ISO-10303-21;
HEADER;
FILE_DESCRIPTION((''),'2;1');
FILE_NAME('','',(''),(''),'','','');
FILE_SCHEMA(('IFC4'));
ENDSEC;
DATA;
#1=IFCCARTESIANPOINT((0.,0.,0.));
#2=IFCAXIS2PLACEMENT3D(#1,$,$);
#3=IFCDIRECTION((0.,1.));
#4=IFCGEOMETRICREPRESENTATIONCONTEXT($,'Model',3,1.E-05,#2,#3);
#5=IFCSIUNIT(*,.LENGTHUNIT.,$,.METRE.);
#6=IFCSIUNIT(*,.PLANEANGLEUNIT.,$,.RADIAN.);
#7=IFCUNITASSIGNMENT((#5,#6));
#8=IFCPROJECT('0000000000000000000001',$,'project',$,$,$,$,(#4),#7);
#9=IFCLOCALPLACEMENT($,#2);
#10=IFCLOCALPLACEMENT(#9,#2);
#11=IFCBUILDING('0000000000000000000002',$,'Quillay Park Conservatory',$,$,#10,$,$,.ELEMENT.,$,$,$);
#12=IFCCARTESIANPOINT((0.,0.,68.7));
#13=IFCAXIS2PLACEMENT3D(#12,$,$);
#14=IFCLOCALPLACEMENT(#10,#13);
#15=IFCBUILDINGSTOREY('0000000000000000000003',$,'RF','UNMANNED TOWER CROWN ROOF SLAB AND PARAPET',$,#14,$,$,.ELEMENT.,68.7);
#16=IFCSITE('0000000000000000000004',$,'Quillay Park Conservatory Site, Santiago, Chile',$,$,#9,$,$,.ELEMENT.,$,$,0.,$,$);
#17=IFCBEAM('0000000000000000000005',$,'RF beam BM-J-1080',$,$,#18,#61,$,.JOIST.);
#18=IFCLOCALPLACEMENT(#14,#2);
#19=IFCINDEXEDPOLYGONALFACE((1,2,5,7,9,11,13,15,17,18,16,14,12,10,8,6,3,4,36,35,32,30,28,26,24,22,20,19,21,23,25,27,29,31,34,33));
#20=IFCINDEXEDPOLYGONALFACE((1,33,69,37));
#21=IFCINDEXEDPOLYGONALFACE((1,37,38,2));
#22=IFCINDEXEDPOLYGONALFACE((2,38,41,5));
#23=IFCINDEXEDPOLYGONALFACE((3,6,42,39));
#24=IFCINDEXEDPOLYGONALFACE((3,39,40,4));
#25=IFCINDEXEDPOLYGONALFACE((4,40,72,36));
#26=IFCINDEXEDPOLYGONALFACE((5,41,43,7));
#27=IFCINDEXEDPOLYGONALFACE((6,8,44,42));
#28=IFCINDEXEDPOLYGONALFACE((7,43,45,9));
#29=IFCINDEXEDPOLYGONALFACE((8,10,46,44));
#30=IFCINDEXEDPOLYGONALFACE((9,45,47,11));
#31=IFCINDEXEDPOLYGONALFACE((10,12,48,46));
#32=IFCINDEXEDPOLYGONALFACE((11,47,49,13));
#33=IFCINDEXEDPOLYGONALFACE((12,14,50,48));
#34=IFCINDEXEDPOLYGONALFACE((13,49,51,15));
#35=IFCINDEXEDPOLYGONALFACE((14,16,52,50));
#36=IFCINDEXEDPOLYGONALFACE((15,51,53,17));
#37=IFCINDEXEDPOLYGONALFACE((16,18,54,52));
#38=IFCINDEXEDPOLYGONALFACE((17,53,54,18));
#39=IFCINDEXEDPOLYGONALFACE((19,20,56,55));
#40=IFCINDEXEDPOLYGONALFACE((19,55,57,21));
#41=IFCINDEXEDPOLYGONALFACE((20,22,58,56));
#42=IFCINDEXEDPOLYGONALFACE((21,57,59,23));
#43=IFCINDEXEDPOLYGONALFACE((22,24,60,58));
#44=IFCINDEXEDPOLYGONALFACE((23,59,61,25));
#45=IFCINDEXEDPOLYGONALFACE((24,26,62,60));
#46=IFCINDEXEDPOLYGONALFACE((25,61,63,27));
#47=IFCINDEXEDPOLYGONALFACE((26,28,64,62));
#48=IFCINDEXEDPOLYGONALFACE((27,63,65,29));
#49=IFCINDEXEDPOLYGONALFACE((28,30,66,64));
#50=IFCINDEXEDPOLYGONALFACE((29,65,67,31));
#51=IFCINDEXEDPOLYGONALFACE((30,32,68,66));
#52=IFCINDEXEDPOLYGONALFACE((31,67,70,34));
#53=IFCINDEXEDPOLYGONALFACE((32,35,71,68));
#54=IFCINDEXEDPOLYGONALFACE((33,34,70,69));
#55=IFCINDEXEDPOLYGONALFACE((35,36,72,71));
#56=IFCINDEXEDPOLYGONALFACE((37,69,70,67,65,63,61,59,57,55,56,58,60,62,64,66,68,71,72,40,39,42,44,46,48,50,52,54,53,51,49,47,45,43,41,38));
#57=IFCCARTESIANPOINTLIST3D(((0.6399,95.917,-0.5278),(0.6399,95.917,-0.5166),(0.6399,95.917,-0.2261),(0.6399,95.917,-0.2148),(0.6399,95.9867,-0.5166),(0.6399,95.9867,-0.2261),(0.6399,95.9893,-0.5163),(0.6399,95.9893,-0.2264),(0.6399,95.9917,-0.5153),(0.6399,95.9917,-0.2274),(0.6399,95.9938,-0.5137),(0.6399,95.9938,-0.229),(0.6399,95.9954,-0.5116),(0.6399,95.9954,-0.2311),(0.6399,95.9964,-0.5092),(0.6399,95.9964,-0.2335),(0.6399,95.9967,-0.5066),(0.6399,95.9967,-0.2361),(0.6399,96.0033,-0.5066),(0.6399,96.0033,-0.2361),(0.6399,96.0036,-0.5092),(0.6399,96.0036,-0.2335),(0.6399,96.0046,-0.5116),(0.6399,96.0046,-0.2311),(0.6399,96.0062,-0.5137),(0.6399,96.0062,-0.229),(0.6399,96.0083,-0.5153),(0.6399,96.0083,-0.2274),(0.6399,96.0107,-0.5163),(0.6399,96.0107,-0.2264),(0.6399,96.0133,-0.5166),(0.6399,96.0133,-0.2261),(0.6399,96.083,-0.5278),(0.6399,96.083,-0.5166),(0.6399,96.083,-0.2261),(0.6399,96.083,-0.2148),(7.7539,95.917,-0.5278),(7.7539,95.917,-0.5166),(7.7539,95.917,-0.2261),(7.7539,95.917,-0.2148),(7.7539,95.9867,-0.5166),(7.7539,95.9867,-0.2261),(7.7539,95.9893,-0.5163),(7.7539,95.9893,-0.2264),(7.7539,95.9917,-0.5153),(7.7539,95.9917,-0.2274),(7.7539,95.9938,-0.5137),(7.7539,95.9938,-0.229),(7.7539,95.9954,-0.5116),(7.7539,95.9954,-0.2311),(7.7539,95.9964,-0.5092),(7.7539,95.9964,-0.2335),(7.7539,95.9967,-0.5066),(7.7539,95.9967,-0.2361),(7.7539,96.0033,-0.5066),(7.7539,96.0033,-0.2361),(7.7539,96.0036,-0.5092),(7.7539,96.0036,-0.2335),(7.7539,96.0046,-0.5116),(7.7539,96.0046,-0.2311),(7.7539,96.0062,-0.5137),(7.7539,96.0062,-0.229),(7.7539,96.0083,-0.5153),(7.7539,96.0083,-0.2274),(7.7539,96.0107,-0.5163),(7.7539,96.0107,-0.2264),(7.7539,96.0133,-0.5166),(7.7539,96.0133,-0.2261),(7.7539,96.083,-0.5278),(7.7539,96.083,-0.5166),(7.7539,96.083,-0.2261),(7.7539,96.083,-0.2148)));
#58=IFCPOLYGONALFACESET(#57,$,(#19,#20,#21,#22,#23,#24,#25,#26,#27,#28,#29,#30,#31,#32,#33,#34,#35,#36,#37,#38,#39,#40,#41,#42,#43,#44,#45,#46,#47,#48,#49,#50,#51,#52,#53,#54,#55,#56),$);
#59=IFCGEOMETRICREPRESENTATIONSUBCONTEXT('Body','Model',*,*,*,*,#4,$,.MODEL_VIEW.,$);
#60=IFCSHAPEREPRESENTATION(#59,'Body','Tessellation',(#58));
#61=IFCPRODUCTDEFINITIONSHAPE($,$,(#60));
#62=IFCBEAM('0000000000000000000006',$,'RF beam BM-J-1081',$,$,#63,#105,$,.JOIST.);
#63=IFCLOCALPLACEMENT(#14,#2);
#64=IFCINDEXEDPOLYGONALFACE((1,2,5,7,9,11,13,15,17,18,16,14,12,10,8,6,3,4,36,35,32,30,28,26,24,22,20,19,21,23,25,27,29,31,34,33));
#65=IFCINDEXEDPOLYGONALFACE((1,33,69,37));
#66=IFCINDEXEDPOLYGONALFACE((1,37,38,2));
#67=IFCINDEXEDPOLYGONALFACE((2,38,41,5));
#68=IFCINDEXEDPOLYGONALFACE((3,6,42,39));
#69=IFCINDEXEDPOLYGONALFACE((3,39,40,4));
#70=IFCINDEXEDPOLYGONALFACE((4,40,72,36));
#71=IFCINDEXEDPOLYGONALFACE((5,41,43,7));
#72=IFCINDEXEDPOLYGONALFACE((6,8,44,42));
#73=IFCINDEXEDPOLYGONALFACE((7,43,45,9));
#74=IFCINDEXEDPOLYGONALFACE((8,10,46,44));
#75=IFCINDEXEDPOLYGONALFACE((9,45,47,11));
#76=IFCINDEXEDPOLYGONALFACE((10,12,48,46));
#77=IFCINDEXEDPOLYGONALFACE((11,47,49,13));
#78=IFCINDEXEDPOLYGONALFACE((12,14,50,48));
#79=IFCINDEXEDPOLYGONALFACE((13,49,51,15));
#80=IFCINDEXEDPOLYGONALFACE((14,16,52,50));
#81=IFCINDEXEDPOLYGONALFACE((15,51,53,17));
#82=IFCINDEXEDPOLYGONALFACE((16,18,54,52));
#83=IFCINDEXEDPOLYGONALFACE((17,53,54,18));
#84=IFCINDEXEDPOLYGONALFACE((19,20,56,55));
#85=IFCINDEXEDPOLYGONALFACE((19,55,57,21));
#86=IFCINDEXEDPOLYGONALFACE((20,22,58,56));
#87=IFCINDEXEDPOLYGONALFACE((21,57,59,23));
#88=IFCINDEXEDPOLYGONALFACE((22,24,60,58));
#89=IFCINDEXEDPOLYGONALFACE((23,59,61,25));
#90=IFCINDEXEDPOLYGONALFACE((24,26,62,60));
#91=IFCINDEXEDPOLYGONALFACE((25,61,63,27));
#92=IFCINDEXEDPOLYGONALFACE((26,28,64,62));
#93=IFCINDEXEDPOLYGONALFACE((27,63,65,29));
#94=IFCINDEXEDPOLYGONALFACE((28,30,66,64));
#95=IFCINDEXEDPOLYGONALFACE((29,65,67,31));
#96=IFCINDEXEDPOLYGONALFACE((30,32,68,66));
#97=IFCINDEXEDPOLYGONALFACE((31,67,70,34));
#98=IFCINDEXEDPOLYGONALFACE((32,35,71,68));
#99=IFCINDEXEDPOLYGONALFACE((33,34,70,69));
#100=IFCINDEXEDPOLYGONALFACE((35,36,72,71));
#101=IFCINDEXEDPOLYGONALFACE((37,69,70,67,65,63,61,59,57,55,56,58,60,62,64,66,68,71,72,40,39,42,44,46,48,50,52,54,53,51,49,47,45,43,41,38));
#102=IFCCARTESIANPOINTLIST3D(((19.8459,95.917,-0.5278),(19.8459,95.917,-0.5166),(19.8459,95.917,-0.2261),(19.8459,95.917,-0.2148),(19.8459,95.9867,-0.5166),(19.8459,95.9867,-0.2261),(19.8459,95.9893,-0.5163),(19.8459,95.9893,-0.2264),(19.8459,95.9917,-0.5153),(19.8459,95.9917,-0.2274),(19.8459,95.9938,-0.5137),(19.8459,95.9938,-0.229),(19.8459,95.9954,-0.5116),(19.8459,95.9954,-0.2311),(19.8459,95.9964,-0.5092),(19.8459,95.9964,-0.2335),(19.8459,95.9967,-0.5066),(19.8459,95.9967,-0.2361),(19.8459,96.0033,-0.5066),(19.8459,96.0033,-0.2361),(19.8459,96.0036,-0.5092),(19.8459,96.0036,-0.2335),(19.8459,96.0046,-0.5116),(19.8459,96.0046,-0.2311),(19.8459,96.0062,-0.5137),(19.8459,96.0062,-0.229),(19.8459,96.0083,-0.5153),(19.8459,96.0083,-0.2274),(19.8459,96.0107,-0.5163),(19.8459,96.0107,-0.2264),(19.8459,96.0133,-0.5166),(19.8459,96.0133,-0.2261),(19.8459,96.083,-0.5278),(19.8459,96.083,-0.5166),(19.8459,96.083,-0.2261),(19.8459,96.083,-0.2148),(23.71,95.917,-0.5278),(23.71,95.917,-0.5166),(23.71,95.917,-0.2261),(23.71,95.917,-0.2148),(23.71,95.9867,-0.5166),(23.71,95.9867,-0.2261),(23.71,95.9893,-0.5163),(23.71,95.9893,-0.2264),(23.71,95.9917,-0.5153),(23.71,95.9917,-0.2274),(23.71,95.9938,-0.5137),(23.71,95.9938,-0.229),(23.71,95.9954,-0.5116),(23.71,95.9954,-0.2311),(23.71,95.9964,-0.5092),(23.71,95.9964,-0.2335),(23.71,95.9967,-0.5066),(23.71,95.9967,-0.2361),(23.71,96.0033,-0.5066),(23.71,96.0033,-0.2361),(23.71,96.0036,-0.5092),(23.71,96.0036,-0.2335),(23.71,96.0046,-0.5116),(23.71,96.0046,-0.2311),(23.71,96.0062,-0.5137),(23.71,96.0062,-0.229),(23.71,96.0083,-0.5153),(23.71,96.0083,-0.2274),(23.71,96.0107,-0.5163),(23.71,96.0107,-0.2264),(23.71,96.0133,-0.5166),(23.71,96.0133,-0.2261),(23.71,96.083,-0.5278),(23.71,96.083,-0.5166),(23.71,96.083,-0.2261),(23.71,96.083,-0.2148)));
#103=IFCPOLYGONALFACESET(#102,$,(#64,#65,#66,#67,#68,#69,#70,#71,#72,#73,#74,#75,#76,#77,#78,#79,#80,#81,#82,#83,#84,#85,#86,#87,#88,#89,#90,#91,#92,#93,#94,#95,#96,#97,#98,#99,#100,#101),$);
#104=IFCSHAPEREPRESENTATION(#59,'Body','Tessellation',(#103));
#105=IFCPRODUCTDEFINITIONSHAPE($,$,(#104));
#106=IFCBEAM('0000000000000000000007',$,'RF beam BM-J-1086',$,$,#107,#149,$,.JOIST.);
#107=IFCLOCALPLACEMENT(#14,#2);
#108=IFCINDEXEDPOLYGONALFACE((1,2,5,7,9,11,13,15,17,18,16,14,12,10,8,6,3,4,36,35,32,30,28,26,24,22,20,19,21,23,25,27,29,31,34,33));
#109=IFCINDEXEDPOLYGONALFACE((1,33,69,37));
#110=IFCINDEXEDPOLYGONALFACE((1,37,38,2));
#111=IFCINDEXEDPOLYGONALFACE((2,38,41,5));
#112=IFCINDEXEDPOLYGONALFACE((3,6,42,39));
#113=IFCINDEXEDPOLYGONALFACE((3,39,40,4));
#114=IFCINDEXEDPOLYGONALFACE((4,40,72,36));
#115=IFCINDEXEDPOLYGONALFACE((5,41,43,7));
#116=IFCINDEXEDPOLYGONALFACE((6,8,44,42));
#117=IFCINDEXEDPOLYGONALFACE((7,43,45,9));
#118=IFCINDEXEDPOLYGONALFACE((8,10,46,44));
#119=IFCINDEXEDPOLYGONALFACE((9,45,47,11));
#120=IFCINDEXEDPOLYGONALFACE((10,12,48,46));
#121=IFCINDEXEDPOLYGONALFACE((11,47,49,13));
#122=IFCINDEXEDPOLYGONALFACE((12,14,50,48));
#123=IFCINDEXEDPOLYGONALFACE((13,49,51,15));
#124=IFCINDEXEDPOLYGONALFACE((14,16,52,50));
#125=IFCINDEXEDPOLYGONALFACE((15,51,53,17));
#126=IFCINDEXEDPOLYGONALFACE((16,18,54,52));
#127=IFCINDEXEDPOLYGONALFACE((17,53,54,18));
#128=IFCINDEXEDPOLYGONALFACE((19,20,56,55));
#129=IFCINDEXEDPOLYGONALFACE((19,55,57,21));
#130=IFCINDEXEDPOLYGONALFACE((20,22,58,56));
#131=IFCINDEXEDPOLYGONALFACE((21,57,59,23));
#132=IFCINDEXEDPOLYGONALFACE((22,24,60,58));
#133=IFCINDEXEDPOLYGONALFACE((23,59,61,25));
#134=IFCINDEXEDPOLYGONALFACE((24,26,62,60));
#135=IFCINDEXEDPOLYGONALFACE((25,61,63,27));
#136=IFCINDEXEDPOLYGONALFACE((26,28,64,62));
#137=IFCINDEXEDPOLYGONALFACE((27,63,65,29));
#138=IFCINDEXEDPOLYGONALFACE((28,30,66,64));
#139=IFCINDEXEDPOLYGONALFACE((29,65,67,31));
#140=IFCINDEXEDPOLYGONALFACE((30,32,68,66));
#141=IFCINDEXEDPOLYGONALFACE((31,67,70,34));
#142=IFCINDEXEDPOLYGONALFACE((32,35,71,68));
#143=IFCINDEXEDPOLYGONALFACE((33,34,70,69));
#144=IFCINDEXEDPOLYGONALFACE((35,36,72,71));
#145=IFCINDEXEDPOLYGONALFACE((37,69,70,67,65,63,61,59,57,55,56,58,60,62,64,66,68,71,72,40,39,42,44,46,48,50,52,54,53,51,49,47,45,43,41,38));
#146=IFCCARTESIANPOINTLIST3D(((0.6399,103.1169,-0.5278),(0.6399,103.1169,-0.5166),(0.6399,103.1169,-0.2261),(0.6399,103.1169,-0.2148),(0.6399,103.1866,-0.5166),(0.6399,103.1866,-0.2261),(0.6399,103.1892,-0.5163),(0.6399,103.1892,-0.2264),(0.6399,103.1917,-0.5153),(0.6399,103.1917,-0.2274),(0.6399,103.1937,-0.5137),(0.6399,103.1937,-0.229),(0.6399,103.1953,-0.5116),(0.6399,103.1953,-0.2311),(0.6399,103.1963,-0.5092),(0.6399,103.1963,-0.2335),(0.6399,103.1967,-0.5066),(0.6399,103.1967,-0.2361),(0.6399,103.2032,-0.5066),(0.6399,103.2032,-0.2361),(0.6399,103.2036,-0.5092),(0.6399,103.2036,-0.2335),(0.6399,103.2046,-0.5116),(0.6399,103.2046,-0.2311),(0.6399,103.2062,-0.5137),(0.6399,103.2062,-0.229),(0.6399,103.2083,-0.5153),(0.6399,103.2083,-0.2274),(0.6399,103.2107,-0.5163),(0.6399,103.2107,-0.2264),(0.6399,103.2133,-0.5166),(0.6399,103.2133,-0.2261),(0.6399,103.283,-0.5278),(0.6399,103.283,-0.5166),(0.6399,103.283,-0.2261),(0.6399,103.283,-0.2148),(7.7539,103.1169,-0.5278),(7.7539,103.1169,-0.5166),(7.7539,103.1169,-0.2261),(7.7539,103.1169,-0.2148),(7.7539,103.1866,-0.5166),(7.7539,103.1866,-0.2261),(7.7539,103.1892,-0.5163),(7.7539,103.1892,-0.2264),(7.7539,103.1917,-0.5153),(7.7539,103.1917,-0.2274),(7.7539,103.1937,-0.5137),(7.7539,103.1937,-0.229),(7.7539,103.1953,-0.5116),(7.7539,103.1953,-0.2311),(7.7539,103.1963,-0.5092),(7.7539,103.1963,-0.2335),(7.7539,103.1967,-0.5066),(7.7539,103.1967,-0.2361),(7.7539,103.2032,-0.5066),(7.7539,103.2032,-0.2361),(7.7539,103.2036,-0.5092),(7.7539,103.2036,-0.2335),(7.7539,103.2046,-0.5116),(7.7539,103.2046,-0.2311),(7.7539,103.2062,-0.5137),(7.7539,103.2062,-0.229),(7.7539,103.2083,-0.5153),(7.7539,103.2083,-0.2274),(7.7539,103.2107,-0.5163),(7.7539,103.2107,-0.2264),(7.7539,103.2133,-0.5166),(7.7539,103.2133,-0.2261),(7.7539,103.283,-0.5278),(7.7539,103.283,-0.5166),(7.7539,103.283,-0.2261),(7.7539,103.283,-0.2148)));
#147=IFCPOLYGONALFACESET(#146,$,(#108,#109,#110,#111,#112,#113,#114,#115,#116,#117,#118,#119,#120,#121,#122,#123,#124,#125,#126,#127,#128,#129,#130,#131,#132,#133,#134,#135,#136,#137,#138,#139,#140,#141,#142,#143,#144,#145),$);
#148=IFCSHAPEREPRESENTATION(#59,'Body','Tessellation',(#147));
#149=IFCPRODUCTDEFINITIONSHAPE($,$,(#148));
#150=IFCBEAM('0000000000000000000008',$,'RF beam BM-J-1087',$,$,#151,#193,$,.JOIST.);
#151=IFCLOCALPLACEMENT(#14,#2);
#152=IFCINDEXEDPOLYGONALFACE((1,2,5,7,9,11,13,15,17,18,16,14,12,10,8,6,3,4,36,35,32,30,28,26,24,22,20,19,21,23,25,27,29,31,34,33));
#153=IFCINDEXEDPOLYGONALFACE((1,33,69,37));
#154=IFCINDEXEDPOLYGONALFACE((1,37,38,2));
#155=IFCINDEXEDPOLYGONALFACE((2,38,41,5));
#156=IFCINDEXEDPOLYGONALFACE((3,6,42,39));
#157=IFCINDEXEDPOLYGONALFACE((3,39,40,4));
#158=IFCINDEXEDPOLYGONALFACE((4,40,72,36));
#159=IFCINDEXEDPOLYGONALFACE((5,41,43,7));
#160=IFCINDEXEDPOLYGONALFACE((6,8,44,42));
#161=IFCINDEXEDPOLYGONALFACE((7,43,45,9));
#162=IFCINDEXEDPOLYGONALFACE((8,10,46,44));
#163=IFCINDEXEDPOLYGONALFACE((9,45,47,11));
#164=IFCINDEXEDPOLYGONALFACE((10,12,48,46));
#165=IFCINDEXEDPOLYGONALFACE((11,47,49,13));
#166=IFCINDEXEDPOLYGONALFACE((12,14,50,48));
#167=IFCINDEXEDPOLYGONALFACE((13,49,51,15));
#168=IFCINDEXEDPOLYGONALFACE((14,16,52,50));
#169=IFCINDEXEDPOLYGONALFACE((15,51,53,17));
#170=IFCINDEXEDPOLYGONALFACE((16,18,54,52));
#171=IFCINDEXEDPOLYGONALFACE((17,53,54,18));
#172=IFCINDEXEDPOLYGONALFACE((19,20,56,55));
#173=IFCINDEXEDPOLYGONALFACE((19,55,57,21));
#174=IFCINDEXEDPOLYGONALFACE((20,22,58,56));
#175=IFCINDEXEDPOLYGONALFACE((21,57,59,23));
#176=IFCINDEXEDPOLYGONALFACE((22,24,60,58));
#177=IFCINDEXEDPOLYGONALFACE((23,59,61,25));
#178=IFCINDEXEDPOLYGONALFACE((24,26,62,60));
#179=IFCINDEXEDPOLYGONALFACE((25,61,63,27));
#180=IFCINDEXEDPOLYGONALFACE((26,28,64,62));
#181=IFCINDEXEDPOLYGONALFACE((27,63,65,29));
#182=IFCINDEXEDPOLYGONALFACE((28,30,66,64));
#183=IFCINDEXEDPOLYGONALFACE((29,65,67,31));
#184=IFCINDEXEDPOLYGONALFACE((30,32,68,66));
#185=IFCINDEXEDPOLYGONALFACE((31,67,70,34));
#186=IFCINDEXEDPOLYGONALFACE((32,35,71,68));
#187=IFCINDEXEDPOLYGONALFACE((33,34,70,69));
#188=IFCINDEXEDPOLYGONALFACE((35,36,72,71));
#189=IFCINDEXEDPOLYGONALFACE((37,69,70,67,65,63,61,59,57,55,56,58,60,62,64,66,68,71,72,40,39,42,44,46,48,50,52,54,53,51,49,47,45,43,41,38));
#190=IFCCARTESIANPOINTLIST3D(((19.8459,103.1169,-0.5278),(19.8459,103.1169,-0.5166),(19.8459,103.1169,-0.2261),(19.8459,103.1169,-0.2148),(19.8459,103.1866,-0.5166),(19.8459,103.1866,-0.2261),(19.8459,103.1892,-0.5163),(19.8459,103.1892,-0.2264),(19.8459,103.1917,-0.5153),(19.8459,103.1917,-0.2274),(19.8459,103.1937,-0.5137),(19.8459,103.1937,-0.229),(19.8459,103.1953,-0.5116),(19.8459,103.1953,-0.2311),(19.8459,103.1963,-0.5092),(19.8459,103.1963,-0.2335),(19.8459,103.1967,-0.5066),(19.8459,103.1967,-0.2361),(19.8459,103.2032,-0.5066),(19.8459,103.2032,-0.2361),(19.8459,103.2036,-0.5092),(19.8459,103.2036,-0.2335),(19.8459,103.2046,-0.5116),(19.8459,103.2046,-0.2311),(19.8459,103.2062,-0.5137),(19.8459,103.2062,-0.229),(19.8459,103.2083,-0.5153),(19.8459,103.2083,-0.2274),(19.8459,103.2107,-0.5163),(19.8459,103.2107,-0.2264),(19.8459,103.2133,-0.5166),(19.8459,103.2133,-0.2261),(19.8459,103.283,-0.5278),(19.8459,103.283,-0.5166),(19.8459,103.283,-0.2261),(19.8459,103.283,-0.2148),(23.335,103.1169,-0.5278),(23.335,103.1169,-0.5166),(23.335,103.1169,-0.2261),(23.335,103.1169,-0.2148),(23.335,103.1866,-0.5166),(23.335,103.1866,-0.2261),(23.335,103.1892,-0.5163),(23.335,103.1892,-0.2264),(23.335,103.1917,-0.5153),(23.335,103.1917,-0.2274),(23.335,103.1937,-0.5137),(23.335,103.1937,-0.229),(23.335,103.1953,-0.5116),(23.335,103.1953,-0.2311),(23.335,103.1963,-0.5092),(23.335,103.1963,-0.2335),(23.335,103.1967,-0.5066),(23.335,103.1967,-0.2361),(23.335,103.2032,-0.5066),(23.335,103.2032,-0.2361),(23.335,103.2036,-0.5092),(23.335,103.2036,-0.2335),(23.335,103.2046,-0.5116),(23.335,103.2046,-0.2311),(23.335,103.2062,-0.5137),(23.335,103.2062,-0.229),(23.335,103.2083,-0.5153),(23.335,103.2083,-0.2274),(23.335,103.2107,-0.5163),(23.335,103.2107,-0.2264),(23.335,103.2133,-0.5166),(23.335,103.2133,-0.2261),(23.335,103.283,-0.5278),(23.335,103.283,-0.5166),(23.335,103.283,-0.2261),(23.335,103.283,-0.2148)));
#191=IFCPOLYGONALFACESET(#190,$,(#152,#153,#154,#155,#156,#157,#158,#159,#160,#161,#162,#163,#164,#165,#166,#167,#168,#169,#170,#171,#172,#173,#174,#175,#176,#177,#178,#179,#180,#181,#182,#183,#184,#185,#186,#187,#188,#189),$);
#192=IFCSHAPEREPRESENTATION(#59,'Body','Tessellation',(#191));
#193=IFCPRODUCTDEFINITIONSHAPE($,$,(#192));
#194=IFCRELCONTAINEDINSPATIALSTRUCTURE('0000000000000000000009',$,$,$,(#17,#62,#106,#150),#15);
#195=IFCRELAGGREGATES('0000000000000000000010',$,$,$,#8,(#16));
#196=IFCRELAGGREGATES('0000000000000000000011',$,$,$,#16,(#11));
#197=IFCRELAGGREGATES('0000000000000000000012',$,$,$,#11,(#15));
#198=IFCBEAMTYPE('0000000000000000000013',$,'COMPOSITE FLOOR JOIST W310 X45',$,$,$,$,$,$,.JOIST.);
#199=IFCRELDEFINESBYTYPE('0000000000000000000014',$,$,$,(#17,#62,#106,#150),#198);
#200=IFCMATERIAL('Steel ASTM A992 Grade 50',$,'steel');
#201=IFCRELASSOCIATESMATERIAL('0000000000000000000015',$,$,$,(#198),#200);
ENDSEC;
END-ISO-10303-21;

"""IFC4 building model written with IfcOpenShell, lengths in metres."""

from ifc_helpers import new_model, si_unit, direction, frame, origin, origin_2d, place, context, subcontext, project, spatial, i_section, extrude, material, material_profile, profile_set, type_object, element, save


model = new_model("IFC4")

# Units and contexts
model_context = context("Model", 3, precision=1e-05, world=origin(), true_north=direction((0.0, 1.0)))
body_context = subcontext(model_context, "Body", "Model", "MODEL_VIEW")
ifc_project = project(units=[si_unit("LENGTHUNIT", "METRE"), si_unit("PLANEANGLEUNIT", "RADIAN")], contexts=[model_context])

# Site, building, storey
site_placement = place(None, origin())
site = spatial("IfcSite", under=ifc_project, at=site_placement, Name="Quillay Park Conservatory Site, Santiago, Chile", CompositionType="ELEMENT", RefElevation=0.0)
building_placement = place(site_placement, origin())
building = spatial("IfcBuilding", under=site, at=building_placement, Name="Quillay Park Conservatory", CompositionType="ELEMENT")
storey_placement = place(building_placement, frame((0.0, 0.0, 68.7)))
storey = spatial("IfcBuildingStorey", under=building, at=storey_placement, Name="RF", Description="UNMANNED TOWER CROWN ROOF SLAB AND PARAPET", CompositionType="ELEMENT", Elevation=68.7)

# Beams
ifc_material_1 = material(Name="Steel ASTM A992 Grade 50", Category="steel")
ifc_material_profile_1 = material_profile(ifc_material_1, i_section(OverallWidth=0.166, OverallDepth=0.313, WebThickness=0.0066, FlangeThickness=0.0112, FilletRadius=0.01, at=origin_2d()), Name="W310x45")
ifc_profile_set_1 = profile_set([ifc_material_profile_1], Name="Steel ASTM A992 Grade 50")
beam_type_1 = type_object("IfcBeamType", Name="COMPOSITE FLOOR JOIST W310 X45", PredefinedType="JOIST", material=ifc_profile_set_1)
beam_1_placement = place(storey_placement, frame((0.6399, 96.0, -0.3713), z_axis=(1.0, 0.0, 0.0), x_axis=(0.0, 1.0, 0.0)))
element("IfcBeam", 1, at=beam_1_placement, inside=storey, type_object=beam_type_1, Name="RF beam BM-J-1080", PredefinedType="JOIST", context=body_context, shape_type="SweptSolid", body=[
    extrude(i_section(OverallWidth=0.166, OverallDepth=0.313, WebThickness=0.0066, FlangeThickness=0.0112, FilletRadius=0.01, at=origin_2d()), origin(), (0.0, 0.0, 1.0), 7.114),
])
beam_2_placement = place(storey_placement, frame((19.8459, 96.0, -0.3713), z_axis=(1.0, 0.0, 0.0), x_axis=(0.0, 1.0, 0.0)))
element("IfcBeam", 2, at=beam_2_placement, inside=storey, type_object=beam_type_1, Name="RF beam BM-J-1081", PredefinedType="JOIST", context=body_context, shape_type="SweptSolid", body=[
    extrude(i_section(OverallWidth=0.166, OverallDepth=0.313, WebThickness=0.0066, FlangeThickness=0.0112, FilletRadius=0.01, at=origin_2d()), origin(), (0.0, 0.0, 1.0), 3.864),
])
beam_3_placement = place(storey_placement, frame((0.6399, 103.2, -0.3713), z_axis=(1.0, 0.0, 0.0), x_axis=(0.0, 1.0, 0.0)))
element("IfcBeam", 3, at=beam_3_placement, inside=storey, type_object=beam_type_1, Name="RF beam BM-J-1086", PredefinedType="JOIST", context=body_context, shape_type="SweptSolid", body=[
    extrude(i_section(OverallWidth=0.166, OverallDepth=0.313, WebThickness=0.0066, FlangeThickness=0.0112, FilletRadius=0.01, at=origin_2d()), origin(), (0.0, 0.0, 1.0), 7.114),
])
beam_4_placement = place(storey_placement, frame((19.8459, 103.2, -0.3713), z_axis=(1.0, 0.0, 0.0), x_axis=(0.0, 1.0, 0.0)))
element("IfcBeam", 4, at=beam_4_placement, inside=storey, type_object=beam_type_1, Name="RF beam BM-J-1087", PredefinedType="JOIST", context=body_context, shape_type="SweptSolid", body=[
    extrude(i_section(OverallWidth=0.166, OverallDepth=0.313, WebThickness=0.0066, FlangeThickness=0.0112, FilletRadius=0.01, at=origin_2d()), origin(), (0.0, 0.0, 1.0), 3.489),
])

save(model, "model.ifc")
